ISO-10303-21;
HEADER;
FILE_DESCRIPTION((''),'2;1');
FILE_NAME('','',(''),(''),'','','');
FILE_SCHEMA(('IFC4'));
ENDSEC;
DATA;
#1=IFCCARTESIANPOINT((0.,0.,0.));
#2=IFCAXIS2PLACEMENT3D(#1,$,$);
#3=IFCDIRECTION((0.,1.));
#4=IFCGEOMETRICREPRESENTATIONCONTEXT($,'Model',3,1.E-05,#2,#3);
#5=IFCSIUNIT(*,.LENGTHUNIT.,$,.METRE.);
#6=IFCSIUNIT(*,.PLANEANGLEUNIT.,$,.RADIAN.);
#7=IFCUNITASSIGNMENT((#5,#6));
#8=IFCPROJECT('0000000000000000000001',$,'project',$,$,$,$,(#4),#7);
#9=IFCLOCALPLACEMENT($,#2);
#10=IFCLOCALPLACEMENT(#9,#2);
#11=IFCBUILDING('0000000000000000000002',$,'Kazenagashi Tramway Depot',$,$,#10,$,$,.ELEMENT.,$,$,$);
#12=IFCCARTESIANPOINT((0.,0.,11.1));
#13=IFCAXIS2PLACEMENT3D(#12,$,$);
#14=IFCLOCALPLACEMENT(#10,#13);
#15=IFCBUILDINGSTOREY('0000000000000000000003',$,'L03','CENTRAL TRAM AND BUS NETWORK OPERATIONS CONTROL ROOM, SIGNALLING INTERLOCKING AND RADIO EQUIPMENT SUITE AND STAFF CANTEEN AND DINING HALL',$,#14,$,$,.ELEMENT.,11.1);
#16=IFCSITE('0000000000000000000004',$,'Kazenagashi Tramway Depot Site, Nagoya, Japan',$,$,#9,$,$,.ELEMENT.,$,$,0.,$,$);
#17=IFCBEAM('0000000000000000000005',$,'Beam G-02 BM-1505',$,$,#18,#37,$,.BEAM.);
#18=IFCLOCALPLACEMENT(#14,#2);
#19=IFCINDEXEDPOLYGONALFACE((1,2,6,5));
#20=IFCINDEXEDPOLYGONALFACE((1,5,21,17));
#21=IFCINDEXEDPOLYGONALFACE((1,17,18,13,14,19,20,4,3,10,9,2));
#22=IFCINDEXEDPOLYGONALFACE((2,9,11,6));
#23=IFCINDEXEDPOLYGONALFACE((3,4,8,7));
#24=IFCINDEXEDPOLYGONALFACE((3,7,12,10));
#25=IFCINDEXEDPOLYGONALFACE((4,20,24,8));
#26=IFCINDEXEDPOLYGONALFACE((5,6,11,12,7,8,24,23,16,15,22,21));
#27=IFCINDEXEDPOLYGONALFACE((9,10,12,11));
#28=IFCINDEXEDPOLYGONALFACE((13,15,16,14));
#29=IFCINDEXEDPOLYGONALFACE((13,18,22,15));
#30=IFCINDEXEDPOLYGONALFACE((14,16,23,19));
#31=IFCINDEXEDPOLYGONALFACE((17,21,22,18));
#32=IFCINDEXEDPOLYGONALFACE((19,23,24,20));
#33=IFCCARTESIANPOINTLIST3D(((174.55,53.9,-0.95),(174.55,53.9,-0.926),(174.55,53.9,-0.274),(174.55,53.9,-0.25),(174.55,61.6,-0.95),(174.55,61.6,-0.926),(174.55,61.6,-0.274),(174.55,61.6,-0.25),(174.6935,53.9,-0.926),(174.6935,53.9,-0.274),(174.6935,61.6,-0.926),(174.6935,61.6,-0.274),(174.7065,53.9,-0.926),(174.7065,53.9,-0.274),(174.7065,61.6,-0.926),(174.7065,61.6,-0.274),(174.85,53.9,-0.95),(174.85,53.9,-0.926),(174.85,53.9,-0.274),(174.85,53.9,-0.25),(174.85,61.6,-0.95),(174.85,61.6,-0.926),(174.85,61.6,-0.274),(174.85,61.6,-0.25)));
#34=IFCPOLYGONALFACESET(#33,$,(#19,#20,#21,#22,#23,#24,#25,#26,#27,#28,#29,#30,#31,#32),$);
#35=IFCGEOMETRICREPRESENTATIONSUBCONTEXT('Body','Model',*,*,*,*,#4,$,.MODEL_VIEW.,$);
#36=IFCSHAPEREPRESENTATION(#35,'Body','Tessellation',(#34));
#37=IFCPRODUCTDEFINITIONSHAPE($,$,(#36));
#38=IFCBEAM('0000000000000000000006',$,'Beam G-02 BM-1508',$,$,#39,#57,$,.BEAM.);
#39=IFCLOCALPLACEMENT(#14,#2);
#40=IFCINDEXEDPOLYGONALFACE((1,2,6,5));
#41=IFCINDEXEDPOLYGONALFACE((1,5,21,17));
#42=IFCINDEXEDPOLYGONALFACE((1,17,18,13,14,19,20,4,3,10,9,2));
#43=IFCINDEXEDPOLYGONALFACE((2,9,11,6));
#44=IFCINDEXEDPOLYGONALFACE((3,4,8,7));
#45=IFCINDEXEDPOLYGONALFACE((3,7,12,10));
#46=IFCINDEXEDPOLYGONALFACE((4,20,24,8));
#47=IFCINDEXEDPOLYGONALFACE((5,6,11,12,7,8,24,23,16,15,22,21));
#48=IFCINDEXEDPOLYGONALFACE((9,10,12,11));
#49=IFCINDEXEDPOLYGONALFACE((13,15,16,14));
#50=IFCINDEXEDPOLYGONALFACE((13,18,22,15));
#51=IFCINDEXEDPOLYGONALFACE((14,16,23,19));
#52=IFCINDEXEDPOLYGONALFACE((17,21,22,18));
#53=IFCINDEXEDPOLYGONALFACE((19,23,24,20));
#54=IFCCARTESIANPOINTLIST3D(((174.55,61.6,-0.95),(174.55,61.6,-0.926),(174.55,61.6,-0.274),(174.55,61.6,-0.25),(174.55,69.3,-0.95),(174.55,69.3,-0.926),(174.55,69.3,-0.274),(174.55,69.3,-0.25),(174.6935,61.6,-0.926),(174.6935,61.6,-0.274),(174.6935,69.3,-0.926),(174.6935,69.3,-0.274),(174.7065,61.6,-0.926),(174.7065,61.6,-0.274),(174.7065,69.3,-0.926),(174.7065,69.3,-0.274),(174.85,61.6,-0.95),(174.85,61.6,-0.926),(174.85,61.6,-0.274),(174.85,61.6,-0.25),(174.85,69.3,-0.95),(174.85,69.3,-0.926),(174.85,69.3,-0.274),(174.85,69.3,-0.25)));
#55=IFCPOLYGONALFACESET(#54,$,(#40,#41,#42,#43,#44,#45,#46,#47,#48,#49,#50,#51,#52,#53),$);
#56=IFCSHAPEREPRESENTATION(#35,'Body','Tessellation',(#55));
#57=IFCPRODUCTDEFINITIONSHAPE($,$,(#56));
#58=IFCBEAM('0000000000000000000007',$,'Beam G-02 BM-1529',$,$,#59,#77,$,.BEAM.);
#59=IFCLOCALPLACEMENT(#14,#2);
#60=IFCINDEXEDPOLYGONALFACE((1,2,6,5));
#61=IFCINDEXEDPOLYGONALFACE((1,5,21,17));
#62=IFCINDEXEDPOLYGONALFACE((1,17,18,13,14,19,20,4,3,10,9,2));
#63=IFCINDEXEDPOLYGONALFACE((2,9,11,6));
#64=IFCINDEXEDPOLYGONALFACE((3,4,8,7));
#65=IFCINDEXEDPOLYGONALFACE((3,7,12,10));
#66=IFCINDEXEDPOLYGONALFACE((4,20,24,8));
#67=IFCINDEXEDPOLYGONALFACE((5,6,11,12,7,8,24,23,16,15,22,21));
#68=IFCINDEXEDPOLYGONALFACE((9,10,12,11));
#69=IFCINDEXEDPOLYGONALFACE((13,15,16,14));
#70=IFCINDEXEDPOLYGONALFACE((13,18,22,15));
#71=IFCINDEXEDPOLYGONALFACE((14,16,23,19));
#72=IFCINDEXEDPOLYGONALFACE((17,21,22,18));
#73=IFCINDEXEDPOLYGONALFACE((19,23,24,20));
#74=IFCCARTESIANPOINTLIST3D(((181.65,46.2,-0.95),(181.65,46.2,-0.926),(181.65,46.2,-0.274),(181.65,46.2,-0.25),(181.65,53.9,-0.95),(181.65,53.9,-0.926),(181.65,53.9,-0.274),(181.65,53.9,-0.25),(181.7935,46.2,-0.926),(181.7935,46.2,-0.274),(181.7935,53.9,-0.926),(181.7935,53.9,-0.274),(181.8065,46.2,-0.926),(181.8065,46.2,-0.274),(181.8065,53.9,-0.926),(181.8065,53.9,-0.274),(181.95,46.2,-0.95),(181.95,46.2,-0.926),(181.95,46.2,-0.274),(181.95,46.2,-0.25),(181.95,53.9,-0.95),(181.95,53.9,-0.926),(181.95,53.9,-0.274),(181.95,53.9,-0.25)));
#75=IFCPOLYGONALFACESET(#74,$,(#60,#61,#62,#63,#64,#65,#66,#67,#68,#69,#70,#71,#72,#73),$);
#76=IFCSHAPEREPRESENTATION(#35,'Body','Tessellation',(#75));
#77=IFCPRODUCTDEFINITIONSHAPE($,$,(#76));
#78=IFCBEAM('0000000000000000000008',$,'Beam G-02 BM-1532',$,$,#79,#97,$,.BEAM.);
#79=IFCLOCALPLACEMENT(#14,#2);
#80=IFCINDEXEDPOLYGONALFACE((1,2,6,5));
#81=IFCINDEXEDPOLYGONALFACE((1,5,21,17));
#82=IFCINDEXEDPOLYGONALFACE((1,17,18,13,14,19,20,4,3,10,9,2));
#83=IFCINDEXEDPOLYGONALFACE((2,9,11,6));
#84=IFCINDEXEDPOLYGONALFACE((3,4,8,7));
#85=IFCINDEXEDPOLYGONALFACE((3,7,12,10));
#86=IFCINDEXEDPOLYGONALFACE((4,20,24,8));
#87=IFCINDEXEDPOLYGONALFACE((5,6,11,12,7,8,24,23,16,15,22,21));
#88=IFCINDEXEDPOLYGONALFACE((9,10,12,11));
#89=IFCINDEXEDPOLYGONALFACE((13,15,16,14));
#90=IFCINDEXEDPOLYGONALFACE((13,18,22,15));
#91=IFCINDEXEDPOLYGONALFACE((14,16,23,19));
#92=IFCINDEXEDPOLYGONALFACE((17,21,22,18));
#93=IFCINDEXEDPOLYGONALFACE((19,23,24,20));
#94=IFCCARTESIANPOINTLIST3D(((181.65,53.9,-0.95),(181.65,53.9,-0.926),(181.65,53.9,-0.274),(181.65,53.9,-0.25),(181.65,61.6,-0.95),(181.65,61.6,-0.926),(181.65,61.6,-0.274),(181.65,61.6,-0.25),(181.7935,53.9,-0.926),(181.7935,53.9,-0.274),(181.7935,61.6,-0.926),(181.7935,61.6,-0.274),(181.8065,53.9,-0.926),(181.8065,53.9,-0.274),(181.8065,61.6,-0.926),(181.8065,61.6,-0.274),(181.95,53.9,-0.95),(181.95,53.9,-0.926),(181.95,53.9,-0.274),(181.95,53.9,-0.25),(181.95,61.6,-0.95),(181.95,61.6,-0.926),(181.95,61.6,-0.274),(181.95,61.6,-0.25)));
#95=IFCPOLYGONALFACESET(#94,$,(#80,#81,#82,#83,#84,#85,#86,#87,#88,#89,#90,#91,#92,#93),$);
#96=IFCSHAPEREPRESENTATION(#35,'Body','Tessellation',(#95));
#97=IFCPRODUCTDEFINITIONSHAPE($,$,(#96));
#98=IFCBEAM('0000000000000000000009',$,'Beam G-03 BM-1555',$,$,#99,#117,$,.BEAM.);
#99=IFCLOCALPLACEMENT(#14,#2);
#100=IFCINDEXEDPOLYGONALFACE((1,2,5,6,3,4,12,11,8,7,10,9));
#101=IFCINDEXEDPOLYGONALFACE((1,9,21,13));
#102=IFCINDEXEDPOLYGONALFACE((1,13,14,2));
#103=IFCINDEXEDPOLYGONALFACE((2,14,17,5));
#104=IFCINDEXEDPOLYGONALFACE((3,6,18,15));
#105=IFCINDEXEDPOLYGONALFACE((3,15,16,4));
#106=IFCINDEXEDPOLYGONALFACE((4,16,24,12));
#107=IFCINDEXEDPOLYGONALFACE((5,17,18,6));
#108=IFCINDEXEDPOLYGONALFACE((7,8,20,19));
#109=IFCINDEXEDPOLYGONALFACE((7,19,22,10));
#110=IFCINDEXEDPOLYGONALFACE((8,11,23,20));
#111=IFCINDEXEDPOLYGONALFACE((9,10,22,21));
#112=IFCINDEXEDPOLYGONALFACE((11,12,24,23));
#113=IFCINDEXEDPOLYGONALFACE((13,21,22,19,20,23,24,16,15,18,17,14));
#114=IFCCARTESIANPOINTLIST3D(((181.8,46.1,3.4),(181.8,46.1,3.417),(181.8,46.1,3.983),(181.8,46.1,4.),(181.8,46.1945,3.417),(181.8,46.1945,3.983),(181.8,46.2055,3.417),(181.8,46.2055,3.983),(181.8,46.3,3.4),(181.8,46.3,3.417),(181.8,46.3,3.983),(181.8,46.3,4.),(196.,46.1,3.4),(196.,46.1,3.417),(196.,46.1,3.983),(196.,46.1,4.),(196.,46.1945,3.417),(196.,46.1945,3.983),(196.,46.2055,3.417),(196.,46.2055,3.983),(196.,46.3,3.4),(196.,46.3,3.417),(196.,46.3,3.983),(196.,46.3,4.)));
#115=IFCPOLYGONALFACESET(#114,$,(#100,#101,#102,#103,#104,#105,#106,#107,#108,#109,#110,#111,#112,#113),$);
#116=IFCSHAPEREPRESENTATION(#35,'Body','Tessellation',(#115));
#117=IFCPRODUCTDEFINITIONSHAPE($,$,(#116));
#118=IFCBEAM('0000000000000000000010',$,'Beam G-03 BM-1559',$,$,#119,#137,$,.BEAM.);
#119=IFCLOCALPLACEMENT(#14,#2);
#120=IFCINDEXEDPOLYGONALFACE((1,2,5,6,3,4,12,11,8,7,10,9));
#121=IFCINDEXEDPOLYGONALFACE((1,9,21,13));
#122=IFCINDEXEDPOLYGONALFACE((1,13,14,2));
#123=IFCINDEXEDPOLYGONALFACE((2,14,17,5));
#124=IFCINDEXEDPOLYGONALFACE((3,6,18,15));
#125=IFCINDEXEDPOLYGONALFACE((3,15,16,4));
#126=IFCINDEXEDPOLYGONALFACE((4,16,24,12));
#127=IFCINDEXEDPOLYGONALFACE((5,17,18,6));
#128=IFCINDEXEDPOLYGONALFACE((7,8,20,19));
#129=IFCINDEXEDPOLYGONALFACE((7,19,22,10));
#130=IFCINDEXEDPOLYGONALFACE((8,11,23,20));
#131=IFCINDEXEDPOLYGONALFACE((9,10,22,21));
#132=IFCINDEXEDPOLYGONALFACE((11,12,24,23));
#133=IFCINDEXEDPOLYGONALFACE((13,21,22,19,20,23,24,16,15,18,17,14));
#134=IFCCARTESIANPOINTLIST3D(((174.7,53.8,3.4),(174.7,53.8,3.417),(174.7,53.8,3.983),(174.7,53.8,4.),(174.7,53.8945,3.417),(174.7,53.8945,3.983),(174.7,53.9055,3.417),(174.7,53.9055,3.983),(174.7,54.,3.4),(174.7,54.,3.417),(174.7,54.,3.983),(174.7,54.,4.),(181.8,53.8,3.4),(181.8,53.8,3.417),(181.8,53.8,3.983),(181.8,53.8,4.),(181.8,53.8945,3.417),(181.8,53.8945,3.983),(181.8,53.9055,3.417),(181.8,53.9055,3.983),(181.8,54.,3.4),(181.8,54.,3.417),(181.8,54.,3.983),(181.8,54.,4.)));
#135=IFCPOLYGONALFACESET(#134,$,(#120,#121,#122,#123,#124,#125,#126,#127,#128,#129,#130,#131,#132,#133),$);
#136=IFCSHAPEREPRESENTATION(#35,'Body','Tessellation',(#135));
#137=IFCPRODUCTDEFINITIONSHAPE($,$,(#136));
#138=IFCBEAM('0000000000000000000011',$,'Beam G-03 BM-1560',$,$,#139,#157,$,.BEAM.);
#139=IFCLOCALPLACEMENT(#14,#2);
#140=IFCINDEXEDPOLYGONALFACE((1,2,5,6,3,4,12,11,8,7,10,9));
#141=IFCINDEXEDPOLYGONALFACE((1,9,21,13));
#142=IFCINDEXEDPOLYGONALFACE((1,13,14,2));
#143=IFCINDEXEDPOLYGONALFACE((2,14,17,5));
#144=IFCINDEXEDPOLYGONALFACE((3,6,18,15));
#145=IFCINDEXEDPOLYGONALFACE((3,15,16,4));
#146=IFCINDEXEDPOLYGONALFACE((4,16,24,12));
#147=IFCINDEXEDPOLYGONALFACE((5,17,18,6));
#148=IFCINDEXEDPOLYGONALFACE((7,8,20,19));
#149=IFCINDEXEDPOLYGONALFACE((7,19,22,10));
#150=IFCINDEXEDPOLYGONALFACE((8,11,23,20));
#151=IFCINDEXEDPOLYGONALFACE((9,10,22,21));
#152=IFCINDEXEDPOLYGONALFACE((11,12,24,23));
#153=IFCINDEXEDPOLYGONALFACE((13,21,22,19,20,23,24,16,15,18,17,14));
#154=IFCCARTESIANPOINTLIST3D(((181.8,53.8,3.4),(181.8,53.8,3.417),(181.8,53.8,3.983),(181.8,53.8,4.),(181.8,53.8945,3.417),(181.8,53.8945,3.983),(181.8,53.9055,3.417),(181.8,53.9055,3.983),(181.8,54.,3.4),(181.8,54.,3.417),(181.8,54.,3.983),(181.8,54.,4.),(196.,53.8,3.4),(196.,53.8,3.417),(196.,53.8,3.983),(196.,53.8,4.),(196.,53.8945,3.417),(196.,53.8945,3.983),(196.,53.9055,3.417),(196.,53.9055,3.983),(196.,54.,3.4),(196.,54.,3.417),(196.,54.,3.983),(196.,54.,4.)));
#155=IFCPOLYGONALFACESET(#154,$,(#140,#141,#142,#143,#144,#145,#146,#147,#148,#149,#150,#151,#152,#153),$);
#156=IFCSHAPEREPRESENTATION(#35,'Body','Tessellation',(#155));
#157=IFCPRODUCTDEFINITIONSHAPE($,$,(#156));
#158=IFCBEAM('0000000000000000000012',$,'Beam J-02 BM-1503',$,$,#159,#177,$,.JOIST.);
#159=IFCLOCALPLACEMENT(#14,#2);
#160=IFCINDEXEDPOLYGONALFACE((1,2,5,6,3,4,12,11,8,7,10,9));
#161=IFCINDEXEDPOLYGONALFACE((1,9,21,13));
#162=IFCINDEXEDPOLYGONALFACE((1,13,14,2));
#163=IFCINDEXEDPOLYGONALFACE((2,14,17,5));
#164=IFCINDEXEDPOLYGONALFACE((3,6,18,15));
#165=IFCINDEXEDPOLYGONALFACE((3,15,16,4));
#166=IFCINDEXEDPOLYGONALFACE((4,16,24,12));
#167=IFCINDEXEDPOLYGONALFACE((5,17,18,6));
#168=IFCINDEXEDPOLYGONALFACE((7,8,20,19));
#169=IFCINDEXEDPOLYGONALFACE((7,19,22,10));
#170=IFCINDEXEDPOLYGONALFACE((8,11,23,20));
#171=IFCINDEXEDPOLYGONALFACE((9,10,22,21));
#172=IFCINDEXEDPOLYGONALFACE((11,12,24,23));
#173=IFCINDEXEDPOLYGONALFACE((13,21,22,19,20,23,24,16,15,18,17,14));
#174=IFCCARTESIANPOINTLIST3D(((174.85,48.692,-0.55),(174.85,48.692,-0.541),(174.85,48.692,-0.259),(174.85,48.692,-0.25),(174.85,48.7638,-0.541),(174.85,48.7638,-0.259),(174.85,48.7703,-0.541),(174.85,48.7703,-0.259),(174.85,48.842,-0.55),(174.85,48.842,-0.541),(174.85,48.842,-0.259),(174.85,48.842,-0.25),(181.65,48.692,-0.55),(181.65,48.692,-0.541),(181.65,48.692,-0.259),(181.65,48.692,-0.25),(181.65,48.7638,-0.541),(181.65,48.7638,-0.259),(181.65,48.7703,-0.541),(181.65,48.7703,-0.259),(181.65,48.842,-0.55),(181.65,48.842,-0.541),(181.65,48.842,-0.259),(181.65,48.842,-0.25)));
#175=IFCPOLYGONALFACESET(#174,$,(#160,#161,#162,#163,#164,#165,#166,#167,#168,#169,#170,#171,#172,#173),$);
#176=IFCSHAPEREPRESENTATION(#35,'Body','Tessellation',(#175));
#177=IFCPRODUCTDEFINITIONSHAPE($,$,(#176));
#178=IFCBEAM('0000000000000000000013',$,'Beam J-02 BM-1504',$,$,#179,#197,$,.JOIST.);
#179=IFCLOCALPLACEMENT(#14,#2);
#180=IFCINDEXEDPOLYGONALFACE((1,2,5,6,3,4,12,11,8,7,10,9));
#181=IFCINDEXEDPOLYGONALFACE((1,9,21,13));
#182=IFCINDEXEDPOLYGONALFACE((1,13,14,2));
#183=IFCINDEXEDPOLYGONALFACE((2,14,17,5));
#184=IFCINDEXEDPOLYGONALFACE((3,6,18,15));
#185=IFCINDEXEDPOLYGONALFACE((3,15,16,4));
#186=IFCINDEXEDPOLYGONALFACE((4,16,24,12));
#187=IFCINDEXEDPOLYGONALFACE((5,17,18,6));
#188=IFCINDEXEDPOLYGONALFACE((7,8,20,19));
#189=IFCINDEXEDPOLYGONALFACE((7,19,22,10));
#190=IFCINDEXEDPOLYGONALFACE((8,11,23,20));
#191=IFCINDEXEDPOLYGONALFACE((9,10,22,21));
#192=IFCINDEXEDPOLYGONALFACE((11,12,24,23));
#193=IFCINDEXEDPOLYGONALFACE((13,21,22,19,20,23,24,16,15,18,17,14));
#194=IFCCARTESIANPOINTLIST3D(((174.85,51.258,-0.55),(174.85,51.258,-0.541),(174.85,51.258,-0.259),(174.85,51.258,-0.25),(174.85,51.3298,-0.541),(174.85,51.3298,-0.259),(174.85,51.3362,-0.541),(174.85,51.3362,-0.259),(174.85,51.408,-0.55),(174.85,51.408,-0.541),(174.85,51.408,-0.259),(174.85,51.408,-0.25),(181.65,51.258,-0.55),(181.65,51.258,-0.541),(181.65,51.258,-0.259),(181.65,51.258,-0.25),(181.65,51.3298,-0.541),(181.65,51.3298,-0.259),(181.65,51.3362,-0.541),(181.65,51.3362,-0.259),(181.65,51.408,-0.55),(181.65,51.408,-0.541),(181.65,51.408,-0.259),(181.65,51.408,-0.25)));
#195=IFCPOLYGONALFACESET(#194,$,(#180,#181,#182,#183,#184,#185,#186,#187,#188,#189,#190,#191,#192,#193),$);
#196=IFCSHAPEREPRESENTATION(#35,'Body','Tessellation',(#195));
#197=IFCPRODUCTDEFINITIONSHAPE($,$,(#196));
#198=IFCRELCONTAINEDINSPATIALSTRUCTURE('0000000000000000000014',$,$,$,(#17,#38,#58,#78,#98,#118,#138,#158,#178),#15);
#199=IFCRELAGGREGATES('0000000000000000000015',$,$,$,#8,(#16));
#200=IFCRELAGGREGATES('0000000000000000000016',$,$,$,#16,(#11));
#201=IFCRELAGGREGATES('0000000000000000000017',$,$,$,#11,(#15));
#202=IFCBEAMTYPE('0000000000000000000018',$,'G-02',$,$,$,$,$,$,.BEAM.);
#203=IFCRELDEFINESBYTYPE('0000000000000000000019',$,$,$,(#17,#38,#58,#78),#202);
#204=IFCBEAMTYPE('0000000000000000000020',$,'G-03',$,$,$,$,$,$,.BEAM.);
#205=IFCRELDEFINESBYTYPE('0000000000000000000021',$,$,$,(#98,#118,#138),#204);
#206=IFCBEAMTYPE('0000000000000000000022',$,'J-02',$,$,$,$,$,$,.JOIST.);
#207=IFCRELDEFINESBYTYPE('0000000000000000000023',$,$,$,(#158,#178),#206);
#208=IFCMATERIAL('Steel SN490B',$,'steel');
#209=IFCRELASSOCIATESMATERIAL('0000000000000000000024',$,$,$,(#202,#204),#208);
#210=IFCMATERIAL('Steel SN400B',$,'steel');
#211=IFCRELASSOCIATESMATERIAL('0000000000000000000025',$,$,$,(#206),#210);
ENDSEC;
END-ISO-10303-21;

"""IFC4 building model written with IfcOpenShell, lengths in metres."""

from ifc_helpers import new_model, si_unit, direction, frame, origin, origin_2d, place, context, subcontext, project, spatial, i_section, extrude, material, material_profile, profile_set, type_object, element, save


model = new_model("IFC4")

# Units and contexts
model_context = context("Model", 3, precision=1e-05, world=origin(), true_north=direction((0.0, 1.0)))
body_context = subcontext(model_context, "Body", "Model", "MODEL_VIEW")
ifc_project = project(units=[si_unit("LENGTHUNIT", "METRE"), si_unit("PLANEANGLEUNIT", "RADIAN")], contexts=[model_context])

# Site, building, storey
site_placement = place(None, origin())
site = spatial("IfcSite", under=ifc_project, at=site_placement, Name="Kazenagashi Tramway Depot Site, Nagoya, Japan", CompositionType="ELEMENT", RefElevation=0.0)
building_placement = place(site_placement, origin())
building = spatial("IfcBuilding", under=site, at=building_placement, Name="Kazenagashi Tramway Depot", CompositionType="ELEMENT")
storey_placement = place(building_placement, frame((0.0, 0.0, 11.1)))
storey = spatial("IfcBuildingStorey", under=building, at=storey_placement, Name="L03", Description="CENTRAL TRAM AND BUS NETWORK OPERATIONS CONTROL ROOM, SIGNALLING INTERLOCKING AND RADIO EQUIPMENT SUITE AND STAFF CANTEEN AND DINING HALL", CompositionType="ELEMENT", Elevation=11.1)

# Shared definitions
ifc_material_1 = material(Name="Steel SN490B", Category="steel")

# Beams
ifc_material_profile_1 = material_profile(ifc_material_1, i_section(OverallWidth=0.3, OverallDepth=0.7, WebThickness=0.013, FlangeThickness=0.024, at=origin_2d()), Name="H-700x300x13x24")
ifc_profile_set_1 = profile_set([ifc_material_profile_1], Name="Steel SN490B")
beam_type_1 = type_object("IfcBeamType", Name="G-02", PredefinedType="BEAM", material=ifc_profile_set_1)
for number, where, z_axis, x_axis, name in (
    (1, (174.7, 53.9, -0.6), (0.0, 1.0, 0.0), (-1.0, 0.0, 0.0), "Beam G-02 BM-1505"),
    (2, (174.7, 61.6, -0.6), (0.0, 1.0, 0.0), (-1.0, 0.0, 0.0), "Beam G-02 BM-1508"),
    (3, (181.8, 46.2, -0.6), (0.0, 1.0, 0.0), (-1.0, 0.0, 0.0), "Beam G-02 BM-1529"),
    (4, (181.8, 53.9, -0.6), (0.0, 1.0, 0.0), (-1.0, 0.0, 0.0), "Beam G-02 BM-1532"),
):
    element("IfcBeam", number, at=place(storey_placement, frame(where, z_axis=z_axis, x_axis=x_axis)), inside=storey, type_object=beam_type_1, Name=name, PredefinedType="BEAM", context=body_context, shape_type="SweptSolid", body=[
        extrude(i_section(OverallWidth=0.3, OverallDepth=0.7, WebThickness=0.013, FlangeThickness=0.024, at=origin_2d()), origin(), (0.0, 0.0, 1.0), 7.7),
    ])
ifc_material_profile_2 = material_profile(ifc_material_1, i_section(OverallWidth=0.2, OverallDepth=0.6, WebThickness=0.011, FlangeThickness=0.017, at=origin_2d()), Name="H-600x200x11x17")
ifc_profile_set_2 = profile_set([ifc_material_profile_2], Name="Steel SN490B")
beam_type_2 = type_object("IfcBeamType", Name="G-03", PredefinedType="BEAM", material=ifc_profile_set_2)
beam_1_placement = place(storey_placement, frame((181.8, 46.2, 3.7), z_axis=(1.0, 0.0, 0.0), x_axis=(0.0, 1.0, 0.0)))
element("IfcBeam", 5, at=beam_1_placement, inside=storey, type_object=beam_type_2, Name="Beam G-03 BM-1555", PredefinedType="BEAM", context=body_context, shape_type="SweptSolid", body=[
    extrude(i_section(OverallWidth=0.2, OverallDepth=0.6, WebThickness=0.011, FlangeThickness=0.017, at=origin_2d()), origin(), (0.0, 0.0, 1.0), 14.2),
])
beam_2_placement = place(storey_placement, frame((174.7, 53.9, 3.7), z_axis=(1.0, 0.0, 0.0), x_axis=(0.0, 1.0, 0.0)))
element("IfcBeam", 6, at=beam_2_placement, inside=storey, type_object=beam_type_2, Name="Beam G-03 BM-1559", PredefinedType="BEAM", context=body_context, shape_type="SweptSolid", body=[
    extrude(i_section(OverallWidth=0.2, OverallDepth=0.6, WebThickness=0.011, FlangeThickness=0.017, at=origin_2d()), origin(), (0.0, 0.0, 1.0), 7.1),
])
beam_3_placement = place(storey_placement, frame((181.8, 53.9, 3.7), z_axis=(1.0, 0.0, 0.0), x_axis=(0.0, 1.0, 0.0)))
element("IfcBeam", 7, at=beam_3_placement, inside=storey, type_object=beam_type_2, Name="Beam G-03 BM-1560", PredefinedType="BEAM", context=body_context, shape_type="SweptSolid", body=[
    extrude(i_section(OverallWidth=0.2, OverallDepth=0.6, WebThickness=0.011, FlangeThickness=0.017, at=origin_2d()), origin(), (0.0, 0.0, 1.0), 14.2),
])
ifc_material_2 = material(Name="Steel SN400B", Category="steel")
ifc_material_profile_3 = material_profile(ifc_material_2, i_section(OverallWidth=0.15, OverallDepth=0.3, WebThickness=0.0065, FlangeThickness=0.009, at=origin_2d()), Name="H-300x150x6.5x9")
ifc_profile_set_3 = profile_set([ifc_material_profile_3], Name="Steel SN400B")
beam_type_3 = type_object("IfcBeamType", Name="J-02", PredefinedType="JOIST", material=ifc_profile_set_3)
for number, where, z_axis, x_axis, name in (
    (8, (174.85, 48.767, -0.4), (1.0, 0.0, 0.0), (0.0, 1.0, 0.0), "Beam J-02 BM-1503"),
    (9, (174.85, 51.333, -0.4), (1.0, 0.0, 0.0), (0.0, 1.0, 0.0), "Beam J-02 BM-1504"),
):
    element("IfcBeam", number, at=place(storey_placement, frame(where, z_axis=z_axis, x_axis=x_axis)), inside=storey, type_object=beam_type_3, Name=name, PredefinedType="JOIST", context=body_context, shape_type="SweptSolid", body=[
        extrude(i_section(OverallWidth=0.15, OverallDepth=0.3, WebThickness=0.0065, FlangeThickness=0.009, at=origin_2d()), origin(), (0.0, 0.0, 1.0), 6.8),
    ])

save(model, "model.ifc")
